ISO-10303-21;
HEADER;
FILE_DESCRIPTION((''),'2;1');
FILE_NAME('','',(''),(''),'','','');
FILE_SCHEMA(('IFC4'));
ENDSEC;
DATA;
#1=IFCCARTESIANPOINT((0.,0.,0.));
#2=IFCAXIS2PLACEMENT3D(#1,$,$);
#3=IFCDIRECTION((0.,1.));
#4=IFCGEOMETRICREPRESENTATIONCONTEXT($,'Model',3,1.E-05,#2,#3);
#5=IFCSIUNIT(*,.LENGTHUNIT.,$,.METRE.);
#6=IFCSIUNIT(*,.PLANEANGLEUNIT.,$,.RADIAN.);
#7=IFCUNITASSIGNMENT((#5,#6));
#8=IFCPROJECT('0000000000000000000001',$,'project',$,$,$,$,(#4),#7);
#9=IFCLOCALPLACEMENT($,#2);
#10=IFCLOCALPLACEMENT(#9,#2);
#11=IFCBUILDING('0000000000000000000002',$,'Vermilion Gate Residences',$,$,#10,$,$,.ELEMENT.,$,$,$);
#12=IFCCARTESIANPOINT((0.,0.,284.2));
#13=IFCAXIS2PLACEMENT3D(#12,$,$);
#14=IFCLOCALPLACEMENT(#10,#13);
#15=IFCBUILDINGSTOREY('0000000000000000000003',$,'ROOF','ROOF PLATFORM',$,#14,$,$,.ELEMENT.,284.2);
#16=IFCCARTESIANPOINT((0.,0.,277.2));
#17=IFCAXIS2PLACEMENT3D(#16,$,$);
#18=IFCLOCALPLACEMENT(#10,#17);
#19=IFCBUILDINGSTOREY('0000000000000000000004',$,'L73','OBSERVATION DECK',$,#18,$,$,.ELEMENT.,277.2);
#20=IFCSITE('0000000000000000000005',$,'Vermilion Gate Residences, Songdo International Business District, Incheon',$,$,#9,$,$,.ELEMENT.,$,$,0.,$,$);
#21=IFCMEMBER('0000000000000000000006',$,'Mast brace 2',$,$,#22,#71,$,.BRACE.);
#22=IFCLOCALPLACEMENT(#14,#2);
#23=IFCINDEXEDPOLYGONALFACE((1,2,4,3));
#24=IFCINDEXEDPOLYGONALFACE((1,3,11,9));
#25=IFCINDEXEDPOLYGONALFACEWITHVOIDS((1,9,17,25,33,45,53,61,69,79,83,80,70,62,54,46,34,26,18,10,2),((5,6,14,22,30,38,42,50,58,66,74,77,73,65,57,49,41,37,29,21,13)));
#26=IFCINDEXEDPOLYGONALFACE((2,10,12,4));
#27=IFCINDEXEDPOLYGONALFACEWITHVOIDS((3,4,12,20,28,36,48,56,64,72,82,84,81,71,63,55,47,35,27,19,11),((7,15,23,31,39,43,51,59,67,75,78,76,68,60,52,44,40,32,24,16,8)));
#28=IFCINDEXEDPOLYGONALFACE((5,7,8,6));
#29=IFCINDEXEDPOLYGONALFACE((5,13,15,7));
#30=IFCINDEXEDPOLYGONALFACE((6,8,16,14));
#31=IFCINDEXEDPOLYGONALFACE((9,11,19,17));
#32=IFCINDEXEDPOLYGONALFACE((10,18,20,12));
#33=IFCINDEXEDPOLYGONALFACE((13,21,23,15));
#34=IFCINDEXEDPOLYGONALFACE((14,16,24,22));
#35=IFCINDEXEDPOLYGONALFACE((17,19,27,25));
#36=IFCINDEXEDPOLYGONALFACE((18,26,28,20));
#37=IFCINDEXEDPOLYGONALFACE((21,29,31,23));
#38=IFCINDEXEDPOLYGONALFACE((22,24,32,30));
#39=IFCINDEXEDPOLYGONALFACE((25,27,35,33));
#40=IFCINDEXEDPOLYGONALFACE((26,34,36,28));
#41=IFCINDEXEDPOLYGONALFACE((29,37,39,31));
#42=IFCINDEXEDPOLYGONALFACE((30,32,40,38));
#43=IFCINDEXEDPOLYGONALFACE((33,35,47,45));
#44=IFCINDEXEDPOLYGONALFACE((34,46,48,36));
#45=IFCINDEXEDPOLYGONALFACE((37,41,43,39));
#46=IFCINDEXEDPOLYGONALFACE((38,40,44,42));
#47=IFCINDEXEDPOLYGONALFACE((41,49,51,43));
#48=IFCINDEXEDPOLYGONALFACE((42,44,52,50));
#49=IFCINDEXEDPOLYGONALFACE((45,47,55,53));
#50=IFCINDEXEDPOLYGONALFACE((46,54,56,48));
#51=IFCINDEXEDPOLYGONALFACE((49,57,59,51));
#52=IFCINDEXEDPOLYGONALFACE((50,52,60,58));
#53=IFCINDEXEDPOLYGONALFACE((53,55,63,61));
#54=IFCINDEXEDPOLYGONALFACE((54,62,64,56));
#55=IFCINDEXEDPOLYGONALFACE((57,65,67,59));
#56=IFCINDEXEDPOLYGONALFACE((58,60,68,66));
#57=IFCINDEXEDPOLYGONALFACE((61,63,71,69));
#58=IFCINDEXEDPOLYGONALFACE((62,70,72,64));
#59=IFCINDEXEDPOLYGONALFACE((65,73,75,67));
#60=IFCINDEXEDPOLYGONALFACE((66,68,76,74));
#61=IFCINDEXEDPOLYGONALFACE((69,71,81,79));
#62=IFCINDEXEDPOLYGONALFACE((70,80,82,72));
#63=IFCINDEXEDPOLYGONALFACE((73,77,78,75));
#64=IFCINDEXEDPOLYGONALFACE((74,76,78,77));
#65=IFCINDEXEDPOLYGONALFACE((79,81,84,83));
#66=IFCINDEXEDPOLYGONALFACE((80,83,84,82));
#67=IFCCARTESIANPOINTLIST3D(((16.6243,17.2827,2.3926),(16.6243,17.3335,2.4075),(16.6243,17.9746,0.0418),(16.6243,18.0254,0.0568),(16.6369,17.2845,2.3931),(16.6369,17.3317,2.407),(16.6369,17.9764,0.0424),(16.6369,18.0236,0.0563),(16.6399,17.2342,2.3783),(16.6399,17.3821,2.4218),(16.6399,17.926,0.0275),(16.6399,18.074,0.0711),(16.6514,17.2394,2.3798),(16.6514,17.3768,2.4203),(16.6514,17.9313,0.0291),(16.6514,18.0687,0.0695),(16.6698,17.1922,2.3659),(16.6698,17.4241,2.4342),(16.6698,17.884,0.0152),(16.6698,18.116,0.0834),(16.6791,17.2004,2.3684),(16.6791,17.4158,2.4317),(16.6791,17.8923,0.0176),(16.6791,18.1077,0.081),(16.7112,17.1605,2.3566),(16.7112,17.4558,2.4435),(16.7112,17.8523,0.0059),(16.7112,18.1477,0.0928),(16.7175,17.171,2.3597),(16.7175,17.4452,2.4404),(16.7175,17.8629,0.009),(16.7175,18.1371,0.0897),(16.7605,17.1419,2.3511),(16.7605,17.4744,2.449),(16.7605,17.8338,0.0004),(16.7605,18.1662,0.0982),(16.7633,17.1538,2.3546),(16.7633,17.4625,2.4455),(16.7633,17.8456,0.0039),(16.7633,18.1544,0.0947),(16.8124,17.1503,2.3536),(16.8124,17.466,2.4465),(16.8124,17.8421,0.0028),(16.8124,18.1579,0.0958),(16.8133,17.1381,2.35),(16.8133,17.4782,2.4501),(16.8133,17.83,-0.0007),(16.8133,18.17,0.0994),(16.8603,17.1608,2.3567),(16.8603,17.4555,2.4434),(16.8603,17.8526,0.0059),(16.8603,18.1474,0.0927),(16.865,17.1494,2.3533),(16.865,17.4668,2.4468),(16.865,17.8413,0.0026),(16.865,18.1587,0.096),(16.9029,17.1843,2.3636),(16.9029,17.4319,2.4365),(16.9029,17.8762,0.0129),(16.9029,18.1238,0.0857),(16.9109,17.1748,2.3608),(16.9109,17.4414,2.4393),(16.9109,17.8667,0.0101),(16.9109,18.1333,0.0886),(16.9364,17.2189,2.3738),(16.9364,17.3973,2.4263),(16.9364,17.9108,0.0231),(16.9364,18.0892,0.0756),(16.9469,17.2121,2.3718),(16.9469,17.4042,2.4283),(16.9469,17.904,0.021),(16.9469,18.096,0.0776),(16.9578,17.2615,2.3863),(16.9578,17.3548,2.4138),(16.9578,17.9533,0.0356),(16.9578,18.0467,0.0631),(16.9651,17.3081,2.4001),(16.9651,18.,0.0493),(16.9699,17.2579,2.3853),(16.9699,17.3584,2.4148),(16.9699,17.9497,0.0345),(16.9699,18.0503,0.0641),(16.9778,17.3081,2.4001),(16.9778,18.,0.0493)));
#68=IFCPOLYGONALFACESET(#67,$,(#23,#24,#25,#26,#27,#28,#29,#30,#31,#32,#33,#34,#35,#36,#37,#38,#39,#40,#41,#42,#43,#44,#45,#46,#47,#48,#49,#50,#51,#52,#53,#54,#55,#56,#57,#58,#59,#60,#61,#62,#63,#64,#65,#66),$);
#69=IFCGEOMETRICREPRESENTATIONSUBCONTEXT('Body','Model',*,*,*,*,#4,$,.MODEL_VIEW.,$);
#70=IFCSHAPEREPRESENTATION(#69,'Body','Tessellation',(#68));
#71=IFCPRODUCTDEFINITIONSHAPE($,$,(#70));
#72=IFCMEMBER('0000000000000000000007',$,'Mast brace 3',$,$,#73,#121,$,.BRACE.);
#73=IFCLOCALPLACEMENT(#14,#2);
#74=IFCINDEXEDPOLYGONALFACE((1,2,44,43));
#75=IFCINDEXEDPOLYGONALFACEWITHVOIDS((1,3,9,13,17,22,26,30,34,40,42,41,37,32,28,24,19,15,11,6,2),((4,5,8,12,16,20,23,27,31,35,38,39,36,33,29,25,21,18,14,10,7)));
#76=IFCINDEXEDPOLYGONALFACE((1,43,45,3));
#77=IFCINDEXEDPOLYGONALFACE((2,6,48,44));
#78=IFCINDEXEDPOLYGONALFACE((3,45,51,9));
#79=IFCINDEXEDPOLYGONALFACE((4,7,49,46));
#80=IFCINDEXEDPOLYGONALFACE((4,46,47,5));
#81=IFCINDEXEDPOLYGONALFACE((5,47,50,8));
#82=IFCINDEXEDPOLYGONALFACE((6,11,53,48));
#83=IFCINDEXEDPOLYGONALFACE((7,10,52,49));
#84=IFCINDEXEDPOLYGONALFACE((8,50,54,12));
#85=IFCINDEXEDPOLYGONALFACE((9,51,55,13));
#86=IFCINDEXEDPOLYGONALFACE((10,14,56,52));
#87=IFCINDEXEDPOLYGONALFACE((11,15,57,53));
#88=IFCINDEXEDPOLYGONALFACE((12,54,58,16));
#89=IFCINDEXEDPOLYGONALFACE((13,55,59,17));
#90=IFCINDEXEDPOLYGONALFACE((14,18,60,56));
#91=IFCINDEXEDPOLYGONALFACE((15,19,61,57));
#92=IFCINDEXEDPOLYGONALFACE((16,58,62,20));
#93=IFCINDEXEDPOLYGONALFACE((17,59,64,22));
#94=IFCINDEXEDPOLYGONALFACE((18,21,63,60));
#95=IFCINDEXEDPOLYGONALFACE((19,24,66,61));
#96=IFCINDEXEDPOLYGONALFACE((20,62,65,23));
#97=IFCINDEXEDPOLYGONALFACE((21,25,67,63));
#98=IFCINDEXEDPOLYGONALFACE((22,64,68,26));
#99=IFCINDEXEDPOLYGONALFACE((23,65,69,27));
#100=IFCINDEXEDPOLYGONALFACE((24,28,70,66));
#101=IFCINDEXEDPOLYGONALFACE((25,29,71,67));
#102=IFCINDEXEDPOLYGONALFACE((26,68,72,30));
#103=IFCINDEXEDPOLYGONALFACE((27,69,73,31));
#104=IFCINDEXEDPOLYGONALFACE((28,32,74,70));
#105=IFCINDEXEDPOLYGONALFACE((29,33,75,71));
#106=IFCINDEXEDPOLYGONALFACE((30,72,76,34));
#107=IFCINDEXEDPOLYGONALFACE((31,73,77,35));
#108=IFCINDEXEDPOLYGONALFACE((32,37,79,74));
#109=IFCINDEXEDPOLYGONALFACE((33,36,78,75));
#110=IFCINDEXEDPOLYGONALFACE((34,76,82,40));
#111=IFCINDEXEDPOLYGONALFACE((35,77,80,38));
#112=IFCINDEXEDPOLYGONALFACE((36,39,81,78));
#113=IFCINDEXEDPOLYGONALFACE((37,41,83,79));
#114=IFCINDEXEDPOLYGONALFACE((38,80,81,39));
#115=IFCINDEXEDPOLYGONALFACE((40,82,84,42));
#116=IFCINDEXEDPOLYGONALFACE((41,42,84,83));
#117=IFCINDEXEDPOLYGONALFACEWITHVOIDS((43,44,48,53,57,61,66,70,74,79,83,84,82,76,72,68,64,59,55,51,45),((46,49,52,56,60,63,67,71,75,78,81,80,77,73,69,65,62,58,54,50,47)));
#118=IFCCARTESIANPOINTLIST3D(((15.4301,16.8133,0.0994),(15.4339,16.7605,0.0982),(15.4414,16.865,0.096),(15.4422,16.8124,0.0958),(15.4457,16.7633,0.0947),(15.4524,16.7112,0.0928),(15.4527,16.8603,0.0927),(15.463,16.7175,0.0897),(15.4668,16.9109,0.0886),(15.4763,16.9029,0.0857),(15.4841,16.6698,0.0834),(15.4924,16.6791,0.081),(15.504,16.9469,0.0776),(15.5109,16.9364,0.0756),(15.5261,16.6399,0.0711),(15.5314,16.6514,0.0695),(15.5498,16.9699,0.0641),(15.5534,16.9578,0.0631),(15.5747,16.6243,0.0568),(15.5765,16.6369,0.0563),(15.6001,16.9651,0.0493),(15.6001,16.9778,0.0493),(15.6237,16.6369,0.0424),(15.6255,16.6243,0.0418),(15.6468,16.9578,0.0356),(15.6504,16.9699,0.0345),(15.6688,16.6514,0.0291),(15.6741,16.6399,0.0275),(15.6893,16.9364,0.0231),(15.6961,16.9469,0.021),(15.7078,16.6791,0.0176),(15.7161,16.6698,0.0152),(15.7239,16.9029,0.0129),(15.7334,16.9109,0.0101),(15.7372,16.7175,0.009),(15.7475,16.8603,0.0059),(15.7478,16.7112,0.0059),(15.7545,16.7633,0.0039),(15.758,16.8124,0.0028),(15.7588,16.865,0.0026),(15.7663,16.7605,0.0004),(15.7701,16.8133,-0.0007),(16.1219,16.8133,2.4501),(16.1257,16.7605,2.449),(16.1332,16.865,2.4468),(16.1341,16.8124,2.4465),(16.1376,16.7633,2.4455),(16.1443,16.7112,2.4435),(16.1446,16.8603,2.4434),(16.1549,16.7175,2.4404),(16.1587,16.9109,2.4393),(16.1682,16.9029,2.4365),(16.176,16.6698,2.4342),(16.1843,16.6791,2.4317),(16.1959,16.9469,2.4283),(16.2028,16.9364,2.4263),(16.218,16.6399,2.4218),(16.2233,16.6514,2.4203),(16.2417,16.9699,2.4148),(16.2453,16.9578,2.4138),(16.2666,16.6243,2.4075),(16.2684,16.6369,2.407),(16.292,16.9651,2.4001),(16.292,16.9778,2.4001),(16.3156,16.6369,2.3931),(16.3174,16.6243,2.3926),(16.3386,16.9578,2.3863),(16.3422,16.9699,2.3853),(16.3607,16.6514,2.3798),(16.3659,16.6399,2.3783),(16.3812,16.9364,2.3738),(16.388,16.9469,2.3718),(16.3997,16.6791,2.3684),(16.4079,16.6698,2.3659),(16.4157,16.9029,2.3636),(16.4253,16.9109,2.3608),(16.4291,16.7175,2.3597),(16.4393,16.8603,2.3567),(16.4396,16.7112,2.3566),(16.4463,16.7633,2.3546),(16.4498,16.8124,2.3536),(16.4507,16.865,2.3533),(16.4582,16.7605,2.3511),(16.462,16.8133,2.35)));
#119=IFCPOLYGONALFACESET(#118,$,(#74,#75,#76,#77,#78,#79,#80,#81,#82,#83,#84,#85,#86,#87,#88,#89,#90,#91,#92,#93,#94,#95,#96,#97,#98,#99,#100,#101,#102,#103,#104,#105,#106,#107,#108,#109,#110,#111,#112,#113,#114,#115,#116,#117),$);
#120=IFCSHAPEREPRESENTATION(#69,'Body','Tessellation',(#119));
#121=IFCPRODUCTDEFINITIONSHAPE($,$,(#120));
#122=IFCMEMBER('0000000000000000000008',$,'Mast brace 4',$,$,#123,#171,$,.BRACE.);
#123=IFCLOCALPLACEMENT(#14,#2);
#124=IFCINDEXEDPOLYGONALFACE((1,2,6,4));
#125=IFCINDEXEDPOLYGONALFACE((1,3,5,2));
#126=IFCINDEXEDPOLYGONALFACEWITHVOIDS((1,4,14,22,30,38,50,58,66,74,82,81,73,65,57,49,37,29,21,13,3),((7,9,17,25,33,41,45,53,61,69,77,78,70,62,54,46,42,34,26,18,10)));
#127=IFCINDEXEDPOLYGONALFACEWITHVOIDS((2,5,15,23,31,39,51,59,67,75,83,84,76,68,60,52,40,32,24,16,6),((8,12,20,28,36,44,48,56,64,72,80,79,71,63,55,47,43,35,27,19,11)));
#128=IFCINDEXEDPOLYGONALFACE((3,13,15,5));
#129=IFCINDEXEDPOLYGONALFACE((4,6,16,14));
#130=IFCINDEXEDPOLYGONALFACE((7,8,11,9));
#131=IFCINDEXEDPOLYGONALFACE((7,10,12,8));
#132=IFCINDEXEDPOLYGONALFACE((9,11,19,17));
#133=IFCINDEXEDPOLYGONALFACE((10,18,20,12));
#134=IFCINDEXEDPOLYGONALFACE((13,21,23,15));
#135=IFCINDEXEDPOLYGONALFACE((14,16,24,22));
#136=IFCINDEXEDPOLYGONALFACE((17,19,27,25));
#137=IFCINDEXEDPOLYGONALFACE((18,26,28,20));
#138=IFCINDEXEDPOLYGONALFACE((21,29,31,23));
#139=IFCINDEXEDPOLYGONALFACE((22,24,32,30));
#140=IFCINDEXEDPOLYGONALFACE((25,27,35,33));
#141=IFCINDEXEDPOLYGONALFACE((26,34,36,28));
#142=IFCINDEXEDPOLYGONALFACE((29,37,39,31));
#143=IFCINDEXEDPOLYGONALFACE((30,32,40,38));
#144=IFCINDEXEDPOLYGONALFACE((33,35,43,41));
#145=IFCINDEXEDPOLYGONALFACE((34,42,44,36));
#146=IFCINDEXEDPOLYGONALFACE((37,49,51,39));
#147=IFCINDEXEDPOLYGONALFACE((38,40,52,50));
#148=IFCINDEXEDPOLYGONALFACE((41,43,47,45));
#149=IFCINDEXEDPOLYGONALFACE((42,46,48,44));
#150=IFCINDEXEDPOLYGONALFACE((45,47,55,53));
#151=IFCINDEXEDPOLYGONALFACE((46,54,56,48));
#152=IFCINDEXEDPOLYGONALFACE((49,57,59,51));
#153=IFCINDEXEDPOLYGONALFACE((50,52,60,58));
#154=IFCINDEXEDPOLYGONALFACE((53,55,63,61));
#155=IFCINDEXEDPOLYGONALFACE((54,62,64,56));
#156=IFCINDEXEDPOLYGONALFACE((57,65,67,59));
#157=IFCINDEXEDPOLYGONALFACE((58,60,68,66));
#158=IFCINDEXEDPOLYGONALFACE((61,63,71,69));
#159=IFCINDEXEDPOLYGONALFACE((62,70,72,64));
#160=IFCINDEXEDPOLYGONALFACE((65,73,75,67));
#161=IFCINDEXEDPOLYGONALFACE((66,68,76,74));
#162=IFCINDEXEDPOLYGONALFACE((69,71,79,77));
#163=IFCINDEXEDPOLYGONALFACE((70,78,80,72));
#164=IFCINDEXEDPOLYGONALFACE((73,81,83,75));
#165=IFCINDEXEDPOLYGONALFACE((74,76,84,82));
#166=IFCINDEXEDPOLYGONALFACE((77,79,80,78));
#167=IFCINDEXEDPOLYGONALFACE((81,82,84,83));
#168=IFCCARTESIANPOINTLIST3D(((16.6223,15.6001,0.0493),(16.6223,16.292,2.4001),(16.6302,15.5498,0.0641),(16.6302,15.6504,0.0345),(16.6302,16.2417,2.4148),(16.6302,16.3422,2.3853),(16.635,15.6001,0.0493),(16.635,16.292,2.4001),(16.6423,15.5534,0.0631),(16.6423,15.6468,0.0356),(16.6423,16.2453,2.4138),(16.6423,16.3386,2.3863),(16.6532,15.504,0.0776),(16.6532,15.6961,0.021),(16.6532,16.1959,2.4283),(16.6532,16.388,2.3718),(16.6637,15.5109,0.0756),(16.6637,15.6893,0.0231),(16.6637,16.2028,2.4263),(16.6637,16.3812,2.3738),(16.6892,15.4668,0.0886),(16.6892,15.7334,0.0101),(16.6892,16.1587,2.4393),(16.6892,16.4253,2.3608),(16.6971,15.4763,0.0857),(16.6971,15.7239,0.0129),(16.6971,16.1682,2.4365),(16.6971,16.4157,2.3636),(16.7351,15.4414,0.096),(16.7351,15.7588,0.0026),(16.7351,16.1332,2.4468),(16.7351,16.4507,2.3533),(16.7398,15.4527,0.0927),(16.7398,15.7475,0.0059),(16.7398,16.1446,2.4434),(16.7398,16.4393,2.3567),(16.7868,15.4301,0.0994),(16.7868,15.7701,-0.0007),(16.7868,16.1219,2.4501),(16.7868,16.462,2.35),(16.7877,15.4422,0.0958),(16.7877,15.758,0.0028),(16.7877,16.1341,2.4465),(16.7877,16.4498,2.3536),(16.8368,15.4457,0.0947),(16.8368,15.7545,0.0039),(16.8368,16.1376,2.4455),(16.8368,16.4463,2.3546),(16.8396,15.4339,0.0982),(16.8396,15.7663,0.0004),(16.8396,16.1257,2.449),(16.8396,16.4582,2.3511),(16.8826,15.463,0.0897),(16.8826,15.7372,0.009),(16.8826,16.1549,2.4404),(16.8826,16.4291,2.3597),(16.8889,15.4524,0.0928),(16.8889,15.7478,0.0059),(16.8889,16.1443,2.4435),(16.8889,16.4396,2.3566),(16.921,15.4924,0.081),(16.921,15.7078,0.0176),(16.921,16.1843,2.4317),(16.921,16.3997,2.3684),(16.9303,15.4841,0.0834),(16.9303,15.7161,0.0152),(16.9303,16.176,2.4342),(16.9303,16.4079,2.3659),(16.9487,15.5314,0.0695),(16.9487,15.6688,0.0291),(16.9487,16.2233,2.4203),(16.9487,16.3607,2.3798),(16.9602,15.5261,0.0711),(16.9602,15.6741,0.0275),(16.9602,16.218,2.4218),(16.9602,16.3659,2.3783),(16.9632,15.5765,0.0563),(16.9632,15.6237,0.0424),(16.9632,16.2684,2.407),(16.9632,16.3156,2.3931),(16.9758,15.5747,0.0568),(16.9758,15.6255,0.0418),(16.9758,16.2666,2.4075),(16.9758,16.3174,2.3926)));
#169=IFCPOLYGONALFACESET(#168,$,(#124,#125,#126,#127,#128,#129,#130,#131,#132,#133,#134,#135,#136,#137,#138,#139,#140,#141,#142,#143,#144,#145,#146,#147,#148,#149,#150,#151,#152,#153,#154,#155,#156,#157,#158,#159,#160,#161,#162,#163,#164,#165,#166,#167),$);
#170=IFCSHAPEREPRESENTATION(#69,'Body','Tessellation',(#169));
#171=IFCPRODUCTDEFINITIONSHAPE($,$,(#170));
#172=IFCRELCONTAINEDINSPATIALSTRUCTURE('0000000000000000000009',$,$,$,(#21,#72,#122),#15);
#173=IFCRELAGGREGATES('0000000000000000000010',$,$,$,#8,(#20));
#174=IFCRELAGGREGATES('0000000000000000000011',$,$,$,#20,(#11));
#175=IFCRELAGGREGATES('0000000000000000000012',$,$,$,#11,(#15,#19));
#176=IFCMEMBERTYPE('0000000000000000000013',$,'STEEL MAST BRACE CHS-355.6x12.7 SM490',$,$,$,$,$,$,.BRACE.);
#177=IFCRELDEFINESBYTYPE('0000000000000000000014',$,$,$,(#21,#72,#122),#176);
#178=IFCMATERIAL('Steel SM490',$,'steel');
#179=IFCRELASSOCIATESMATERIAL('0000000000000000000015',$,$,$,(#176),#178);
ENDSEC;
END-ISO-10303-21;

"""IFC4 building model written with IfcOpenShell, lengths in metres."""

from ifc_helpers import new_model, si_unit, direction, frame, origin, origin_2d, place, context, subcontext, project, spatial, hollow_circle, extrude, material, material_profile, profile_set, type_object, element, save


model = new_model("IFC4")

# Units and contexts
model_context = context("Model", 3, precision=1e-05, world=origin(), true_north=direction((0.0, 1.0)))
body_context = subcontext(model_context, "Body", "Model", "MODEL_VIEW")
ifc_project = project(units=[si_unit("LENGTHUNIT", "METRE"), si_unit("PLANEANGLEUNIT", "RADIAN")], contexts=[model_context])

# Site, building, storey
site_placement = place(None, origin())
site = spatial("IfcSite", under=ifc_project, at=site_placement, Name="Vermilion Gate Residences, Songdo International Business District, Incheon", CompositionType="ELEMENT", RefElevation=0.0)
building_placement = place(site_placement, origin())
building = spatial("IfcBuilding", under=site, at=building_placement, Name="Vermilion Gate Residences", CompositionType="ELEMENT")
storey_1_placement = place(building_placement, frame((0.0, 0.0, 284.2)))
storey_1 = spatial("IfcBuildingStorey", under=building, at=storey_1_placement, Name="ROOF", Description="ROOF PLATFORM", CompositionType="ELEMENT", Elevation=284.2)

# Members
ifc_material_1 = material(Name="Steel SM490", Category="steel")
ifc_material_profile_1 = material_profile(ifc_material_1, hollow_circle(Radius=0.1777, WallThickness=0.0127, at=origin_2d()), Name="CHS-355.6x12.7")
ifc_profile_set_1 = profile_set([ifc_material_profile_1], Name="Steel SM490")
member_type = type_object("IfcMemberType", Name="STEEL MAST BRACE CHS-355.6x12.7 SM490", PredefinedType="BRACE", material=ifc_profile_set_1)
for number, where, z_axis, x_axis, name in (
    (1, (16.8, 18.0, 0.0493), (0.0, -0.282344, 0.959313), (1.0, 0.0, 0.0), "Mast brace 2"),
    (2, (15.6001, 16.8, 0.0493), (0.282344, 0.0, 0.959313), (0.0, 1.0, 0.0), "Mast brace 3"),
    (3, (16.8, 15.6001, 0.0493), (0.0, 0.282344, 0.959313), (-1.0, 0.0, 0.0), "Mast brace 4"),
):
    element("IfcMember", number, at=place(storey_1_placement, frame(where, z_axis=z_axis, x_axis=x_axis)), inside=storey_1, type_object=member_type, Name=name, PredefinedType="BRACE", context=body_context, shape_type="SweptSolid", body=[
        extrude(hollow_circle(Radius=0.1777, WallThickness=0.0127, at=origin_2d()), origin(), (0.0, 0.0, 1.0), 2.4504),
    ])

# Shared definitions
storey_2_placement = place(building_placement, frame((0.0, 0.0, 277.2)))
storey_2 = spatial("IfcBuildingStorey", under=building, at=storey_2_placement, Name="L73", Description="OBSERVATION DECK", CompositionType="ELEMENT", Elevation=277.2)

save(model, "model.ifc")
